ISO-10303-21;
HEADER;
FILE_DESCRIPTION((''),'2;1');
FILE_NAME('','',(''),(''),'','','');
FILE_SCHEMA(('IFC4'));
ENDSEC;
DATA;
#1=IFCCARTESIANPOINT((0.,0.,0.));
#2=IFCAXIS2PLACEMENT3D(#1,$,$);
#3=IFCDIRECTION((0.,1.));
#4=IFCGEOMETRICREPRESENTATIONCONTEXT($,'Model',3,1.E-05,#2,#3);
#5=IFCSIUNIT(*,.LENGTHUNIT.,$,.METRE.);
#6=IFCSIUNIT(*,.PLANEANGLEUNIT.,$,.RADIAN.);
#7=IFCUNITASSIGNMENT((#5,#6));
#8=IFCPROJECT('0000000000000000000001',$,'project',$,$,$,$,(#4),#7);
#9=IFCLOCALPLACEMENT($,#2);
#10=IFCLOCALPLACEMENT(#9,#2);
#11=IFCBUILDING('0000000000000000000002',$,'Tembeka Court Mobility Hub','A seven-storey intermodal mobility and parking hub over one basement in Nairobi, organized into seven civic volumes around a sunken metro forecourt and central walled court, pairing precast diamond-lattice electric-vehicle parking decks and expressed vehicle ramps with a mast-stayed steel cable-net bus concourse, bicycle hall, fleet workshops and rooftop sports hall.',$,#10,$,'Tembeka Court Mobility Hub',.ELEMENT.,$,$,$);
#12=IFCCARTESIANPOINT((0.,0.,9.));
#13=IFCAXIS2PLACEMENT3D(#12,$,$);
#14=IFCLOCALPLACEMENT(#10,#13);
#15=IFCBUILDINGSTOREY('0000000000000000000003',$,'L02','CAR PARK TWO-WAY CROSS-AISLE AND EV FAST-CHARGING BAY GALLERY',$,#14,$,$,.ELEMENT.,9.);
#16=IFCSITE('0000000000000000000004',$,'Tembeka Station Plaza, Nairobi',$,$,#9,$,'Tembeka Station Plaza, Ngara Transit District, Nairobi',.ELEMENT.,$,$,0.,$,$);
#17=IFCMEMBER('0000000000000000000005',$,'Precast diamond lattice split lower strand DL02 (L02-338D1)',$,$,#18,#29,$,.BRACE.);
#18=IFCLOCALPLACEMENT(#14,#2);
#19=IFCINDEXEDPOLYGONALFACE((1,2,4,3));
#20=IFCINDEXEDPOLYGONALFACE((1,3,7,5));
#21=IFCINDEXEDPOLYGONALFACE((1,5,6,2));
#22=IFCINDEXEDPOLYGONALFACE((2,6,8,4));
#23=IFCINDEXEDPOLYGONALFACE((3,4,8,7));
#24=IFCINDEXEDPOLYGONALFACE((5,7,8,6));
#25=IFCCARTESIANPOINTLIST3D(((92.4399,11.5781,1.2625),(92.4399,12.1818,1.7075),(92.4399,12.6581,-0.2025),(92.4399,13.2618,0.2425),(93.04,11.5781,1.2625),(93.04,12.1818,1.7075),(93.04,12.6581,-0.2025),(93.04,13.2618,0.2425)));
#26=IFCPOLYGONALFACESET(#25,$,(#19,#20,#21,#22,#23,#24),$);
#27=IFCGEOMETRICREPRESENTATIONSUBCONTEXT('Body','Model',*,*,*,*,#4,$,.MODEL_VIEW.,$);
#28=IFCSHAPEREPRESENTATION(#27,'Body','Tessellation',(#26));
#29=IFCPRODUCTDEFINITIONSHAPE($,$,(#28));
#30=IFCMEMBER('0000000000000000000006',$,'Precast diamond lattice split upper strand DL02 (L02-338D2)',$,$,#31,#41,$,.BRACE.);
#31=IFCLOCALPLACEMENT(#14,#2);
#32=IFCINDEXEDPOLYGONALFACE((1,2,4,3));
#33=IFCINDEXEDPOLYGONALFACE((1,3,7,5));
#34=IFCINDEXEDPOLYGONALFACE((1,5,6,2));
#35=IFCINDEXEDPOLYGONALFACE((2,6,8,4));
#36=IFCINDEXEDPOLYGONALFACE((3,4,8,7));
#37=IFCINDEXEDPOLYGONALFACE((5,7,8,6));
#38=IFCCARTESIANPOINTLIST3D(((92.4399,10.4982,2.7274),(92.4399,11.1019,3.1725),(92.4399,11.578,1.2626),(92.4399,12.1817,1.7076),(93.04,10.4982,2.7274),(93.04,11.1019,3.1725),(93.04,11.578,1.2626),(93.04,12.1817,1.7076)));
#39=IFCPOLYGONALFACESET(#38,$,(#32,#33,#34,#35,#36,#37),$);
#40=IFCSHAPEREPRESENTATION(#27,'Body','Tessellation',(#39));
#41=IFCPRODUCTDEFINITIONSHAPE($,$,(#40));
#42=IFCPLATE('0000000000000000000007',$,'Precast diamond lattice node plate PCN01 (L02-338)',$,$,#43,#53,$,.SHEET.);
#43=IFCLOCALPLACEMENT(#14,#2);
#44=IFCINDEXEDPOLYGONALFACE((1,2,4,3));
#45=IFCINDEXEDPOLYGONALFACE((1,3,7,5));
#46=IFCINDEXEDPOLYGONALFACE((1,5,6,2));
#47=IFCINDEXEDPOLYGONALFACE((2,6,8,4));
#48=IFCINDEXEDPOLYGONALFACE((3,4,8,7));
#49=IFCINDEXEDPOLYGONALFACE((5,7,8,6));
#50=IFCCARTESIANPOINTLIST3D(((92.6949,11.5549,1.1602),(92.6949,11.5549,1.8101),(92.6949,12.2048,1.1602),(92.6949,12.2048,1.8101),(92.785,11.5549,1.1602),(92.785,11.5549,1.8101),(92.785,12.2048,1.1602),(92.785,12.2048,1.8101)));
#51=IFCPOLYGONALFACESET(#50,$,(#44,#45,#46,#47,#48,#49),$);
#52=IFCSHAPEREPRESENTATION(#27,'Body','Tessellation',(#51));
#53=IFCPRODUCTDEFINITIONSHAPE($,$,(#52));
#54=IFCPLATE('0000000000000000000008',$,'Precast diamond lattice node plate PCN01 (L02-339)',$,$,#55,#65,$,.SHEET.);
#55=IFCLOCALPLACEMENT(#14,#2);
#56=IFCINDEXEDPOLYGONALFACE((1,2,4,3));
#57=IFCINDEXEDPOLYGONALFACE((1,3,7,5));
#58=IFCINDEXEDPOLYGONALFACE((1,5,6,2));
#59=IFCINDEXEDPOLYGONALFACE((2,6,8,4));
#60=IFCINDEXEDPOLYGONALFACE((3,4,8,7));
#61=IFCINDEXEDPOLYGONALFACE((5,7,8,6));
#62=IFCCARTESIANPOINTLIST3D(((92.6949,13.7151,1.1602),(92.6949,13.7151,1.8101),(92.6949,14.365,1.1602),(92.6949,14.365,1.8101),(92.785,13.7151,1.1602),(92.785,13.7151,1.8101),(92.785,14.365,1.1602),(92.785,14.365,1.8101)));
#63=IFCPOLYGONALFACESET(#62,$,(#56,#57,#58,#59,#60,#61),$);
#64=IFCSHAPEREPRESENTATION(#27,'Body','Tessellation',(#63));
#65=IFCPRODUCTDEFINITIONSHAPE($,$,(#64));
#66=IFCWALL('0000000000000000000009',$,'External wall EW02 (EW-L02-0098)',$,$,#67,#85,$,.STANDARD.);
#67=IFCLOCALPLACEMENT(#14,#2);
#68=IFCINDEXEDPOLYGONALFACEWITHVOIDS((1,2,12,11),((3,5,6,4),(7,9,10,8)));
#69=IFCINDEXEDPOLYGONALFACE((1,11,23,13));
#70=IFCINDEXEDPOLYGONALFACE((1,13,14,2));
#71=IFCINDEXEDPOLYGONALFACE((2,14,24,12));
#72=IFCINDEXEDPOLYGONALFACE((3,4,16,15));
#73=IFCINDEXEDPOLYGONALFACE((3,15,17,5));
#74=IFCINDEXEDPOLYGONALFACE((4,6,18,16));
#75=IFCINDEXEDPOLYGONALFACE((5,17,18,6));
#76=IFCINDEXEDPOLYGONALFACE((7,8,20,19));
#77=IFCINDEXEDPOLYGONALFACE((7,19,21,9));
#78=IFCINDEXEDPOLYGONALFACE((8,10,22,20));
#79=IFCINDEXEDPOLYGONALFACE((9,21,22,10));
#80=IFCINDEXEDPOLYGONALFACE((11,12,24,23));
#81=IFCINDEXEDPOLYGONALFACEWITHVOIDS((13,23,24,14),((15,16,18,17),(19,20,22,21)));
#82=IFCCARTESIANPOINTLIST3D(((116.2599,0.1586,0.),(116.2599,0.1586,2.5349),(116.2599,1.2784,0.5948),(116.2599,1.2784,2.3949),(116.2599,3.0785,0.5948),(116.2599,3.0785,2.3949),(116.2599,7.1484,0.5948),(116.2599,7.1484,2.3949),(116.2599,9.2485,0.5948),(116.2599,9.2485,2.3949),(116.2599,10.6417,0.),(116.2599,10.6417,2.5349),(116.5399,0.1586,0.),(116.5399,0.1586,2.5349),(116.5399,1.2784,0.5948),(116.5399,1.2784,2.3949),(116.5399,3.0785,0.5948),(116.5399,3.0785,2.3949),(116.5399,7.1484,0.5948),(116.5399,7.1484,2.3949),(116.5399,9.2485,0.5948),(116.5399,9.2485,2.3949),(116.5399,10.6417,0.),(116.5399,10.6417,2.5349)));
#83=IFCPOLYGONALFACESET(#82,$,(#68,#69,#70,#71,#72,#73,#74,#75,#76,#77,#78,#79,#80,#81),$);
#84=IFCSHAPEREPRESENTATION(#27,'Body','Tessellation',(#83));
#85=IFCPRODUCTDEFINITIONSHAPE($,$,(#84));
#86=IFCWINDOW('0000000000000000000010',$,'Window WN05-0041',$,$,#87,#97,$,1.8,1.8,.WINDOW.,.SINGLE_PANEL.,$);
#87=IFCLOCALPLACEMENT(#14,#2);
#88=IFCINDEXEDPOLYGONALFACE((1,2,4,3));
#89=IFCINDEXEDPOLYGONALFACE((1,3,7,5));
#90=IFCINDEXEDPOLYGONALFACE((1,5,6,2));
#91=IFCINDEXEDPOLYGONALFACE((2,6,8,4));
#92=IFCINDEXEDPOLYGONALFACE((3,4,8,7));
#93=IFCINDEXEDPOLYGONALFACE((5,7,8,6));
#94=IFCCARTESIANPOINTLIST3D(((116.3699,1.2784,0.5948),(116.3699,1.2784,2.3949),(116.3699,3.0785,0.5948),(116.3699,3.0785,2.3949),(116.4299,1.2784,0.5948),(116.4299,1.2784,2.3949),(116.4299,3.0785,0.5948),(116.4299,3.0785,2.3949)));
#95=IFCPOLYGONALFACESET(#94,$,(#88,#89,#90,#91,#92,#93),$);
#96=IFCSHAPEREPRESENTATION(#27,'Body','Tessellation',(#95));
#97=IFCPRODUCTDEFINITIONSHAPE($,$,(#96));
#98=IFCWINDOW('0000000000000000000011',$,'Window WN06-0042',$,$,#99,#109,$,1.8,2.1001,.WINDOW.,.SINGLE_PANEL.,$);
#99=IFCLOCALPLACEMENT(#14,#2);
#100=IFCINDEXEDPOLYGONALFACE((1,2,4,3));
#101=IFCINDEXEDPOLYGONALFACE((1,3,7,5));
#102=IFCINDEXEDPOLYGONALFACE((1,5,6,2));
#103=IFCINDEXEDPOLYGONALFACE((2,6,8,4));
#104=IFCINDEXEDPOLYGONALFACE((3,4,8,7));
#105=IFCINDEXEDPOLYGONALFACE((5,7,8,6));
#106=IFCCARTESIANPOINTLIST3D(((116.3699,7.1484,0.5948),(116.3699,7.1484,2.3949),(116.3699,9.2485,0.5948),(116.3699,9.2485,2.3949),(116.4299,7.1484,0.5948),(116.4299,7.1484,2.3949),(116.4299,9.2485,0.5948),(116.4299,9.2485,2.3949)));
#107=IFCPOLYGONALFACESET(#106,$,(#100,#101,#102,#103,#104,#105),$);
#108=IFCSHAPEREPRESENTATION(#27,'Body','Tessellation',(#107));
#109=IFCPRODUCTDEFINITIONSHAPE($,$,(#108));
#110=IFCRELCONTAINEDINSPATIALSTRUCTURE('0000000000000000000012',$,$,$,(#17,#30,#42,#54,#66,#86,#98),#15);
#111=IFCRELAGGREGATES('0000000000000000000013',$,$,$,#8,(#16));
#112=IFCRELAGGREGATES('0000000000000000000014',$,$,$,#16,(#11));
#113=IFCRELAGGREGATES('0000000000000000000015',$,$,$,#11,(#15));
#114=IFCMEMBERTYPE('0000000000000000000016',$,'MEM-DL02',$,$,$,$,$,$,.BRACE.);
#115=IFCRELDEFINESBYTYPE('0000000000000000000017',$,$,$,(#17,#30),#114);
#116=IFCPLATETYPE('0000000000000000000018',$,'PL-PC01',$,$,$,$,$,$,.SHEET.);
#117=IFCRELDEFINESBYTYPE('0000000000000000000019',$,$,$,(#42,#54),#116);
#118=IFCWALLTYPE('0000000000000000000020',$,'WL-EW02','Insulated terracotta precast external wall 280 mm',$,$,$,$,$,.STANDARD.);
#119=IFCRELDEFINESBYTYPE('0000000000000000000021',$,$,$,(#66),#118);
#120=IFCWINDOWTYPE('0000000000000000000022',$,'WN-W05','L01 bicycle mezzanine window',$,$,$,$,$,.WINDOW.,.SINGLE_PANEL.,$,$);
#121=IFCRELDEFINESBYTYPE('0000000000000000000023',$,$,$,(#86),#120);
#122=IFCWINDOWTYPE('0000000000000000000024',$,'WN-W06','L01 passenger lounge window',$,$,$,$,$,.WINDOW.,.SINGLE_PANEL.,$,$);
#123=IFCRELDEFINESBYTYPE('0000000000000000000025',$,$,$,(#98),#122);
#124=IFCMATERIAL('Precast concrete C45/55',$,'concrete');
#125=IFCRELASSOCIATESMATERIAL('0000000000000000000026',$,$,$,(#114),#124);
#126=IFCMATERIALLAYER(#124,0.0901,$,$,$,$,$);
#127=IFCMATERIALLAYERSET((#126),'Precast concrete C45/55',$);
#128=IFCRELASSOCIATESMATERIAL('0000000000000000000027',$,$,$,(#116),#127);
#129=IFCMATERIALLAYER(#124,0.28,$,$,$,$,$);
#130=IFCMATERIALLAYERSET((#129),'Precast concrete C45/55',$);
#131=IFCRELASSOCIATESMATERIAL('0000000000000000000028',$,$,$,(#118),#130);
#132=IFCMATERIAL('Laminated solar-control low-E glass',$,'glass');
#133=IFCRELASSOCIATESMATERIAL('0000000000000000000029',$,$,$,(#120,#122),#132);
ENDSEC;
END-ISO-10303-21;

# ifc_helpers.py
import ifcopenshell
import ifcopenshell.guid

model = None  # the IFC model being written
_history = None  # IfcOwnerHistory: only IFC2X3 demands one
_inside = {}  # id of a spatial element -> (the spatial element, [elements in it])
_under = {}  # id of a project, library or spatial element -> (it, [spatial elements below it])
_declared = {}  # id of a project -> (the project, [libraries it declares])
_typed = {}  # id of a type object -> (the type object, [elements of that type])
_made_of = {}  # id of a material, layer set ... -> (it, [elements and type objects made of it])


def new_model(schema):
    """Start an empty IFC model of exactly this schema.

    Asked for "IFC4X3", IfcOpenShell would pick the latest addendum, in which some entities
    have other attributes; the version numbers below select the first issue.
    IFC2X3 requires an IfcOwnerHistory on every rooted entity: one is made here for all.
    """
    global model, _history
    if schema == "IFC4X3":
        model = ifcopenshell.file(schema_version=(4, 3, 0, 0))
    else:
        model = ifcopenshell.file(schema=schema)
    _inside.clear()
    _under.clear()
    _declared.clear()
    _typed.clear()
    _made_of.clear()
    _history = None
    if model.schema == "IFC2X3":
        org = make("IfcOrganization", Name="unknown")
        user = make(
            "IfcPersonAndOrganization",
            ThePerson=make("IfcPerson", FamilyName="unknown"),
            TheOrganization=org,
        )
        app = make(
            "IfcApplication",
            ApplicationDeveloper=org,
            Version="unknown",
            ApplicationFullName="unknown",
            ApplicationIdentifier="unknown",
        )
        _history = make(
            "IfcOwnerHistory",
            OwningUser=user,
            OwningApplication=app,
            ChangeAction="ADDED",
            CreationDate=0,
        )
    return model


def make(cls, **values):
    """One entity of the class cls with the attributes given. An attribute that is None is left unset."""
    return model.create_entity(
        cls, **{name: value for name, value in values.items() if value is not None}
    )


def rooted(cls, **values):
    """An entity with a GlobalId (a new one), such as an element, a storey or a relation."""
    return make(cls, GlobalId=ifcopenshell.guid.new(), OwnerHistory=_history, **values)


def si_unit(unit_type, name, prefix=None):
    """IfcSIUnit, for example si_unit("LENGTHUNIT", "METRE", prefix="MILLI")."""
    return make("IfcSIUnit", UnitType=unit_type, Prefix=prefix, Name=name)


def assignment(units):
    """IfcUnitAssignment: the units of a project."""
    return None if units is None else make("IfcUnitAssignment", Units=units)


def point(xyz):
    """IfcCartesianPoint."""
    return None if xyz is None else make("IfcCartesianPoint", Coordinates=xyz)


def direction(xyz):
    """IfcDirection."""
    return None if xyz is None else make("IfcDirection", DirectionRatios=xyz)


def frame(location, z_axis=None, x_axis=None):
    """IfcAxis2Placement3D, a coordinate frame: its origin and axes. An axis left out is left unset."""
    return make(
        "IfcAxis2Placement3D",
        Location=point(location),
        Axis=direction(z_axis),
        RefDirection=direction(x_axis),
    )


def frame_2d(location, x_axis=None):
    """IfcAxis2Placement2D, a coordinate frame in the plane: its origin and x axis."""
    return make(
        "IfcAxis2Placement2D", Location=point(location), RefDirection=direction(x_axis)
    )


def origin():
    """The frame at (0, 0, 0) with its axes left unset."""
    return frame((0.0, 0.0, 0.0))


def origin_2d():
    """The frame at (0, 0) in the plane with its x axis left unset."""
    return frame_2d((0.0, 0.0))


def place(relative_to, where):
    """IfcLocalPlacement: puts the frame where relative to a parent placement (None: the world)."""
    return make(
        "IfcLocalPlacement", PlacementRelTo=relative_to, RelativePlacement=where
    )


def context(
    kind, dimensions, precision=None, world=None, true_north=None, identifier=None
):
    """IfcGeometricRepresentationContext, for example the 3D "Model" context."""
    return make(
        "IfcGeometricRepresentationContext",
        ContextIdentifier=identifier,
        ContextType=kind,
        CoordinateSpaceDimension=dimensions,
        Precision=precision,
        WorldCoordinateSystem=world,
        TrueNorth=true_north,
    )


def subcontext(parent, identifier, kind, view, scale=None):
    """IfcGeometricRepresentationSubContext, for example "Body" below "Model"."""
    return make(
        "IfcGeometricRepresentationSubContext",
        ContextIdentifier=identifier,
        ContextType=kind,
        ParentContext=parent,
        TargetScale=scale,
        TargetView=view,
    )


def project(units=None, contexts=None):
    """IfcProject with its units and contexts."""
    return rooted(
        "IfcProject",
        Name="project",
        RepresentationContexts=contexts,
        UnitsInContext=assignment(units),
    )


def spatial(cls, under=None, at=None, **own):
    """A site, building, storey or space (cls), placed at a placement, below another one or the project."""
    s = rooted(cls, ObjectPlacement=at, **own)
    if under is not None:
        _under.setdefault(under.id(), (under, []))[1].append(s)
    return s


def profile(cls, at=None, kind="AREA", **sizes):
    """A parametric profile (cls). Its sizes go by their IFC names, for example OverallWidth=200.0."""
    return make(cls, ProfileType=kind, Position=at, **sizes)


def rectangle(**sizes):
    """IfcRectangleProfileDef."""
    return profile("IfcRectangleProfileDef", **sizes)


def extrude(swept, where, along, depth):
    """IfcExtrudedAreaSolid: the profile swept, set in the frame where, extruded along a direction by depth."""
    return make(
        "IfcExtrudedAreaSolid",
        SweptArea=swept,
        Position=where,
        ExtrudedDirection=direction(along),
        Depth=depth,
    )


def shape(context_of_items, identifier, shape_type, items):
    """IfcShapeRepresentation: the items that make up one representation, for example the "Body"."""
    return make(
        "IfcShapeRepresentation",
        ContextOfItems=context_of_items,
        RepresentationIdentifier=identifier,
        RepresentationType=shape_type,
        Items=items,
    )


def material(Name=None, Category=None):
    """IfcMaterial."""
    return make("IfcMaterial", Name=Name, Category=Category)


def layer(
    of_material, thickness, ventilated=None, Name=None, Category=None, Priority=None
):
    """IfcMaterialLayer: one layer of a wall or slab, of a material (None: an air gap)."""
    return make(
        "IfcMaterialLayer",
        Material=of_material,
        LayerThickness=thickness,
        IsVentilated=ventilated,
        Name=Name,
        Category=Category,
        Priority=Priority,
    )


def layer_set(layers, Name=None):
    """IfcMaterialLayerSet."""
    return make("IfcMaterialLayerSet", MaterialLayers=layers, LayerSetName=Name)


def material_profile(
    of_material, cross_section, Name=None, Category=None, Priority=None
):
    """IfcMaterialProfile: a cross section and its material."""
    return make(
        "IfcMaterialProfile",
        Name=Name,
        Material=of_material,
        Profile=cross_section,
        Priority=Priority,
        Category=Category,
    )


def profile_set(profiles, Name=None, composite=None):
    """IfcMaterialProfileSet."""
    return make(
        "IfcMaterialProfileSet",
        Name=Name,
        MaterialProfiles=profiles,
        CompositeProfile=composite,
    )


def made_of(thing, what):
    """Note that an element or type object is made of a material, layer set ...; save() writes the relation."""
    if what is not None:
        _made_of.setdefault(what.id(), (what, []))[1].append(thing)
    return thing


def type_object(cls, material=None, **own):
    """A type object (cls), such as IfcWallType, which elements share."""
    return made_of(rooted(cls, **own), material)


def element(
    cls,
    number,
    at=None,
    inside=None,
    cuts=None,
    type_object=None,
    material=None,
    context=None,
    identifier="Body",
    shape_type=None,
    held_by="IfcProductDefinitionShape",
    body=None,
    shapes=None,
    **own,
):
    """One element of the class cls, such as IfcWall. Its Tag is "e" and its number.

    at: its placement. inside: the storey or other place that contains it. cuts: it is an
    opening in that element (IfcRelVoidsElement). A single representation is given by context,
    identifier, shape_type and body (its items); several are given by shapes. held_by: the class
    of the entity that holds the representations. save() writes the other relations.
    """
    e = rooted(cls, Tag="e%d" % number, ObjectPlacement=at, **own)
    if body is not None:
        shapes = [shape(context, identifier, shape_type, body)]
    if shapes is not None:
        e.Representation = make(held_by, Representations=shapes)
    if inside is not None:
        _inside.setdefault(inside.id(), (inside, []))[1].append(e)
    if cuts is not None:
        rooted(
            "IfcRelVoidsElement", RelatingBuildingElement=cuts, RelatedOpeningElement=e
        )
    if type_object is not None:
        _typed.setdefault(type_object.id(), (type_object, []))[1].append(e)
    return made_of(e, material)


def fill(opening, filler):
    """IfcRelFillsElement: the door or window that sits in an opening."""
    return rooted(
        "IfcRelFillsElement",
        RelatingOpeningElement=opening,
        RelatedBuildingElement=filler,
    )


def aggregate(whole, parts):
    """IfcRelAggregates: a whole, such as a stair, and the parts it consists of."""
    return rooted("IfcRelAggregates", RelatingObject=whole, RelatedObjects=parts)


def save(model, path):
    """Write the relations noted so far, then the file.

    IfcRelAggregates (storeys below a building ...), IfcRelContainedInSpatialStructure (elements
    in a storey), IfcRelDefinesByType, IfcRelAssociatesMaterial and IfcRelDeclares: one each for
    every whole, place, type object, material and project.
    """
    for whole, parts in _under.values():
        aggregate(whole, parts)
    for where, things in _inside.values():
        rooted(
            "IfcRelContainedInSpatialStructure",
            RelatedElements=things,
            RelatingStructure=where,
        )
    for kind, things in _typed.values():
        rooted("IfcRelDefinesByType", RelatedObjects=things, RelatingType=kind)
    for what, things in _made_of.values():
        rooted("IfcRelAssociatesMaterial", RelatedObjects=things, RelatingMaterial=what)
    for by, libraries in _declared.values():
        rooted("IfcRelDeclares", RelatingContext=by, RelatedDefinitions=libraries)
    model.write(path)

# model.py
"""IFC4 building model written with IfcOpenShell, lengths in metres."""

from ifc_helpers import new_model, si_unit, direction, frame, frame_2d, origin, origin_2d, place, context, subcontext, project, spatial, rectangle, extrude, material, layer, layer_set, material_profile, profile_set, type_object, element, fill, save


model = new_model("IFC4")

# Units and contexts
model_context = context("Model", 3, precision=1e-05, world=origin(), true_north=direction((0.0, 1.0)))
body_context = subcontext(model_context, "Body", "Model", "MODEL_VIEW")
ifc_project = project(units=[si_unit("LENGTHUNIT", "METRE"), si_unit("PLANEANGLEUNIT", "RADIAN")], contexts=[model_context])

# Site, building, storey
site_placement = place(None, origin())
site = spatial("IfcSite", under=ifc_project, at=site_placement, Name="Tembeka Station Plaza, Nairobi", LongName="Tembeka Station Plaza, Ngara Transit District, Nairobi", CompositionType="ELEMENT", RefElevation=0.0)
building_placement = place(site_placement, origin())
building = spatial("IfcBuilding", under=site, at=building_placement, Name="Tembeka Court Mobility Hub", Description="A seven-storey intermodal mobility and parking hub over one basement in Nairobi, organized into seven civic volumes around a sunken metro forecourt and central walled court, pairing precast diamond-lattice electric-vehicle parking decks and expressed vehicle ramps with a mast-stayed steel cable-net bus concourse, bicycle hall, fleet workshops and rooftop sports hall.", LongName="Tembeka Court Mobility Hub", CompositionType="ELEMENT")
storey_placement = place(building_placement, frame((0.0, 0.0, 9.0)))
storey = spatial("IfcBuildingStorey", under=building, at=storey_placement, Name="L02", Description="CAR PARK TWO-WAY CROSS-AISLE AND EV FAST-CHARGING BAY GALLERY", CompositionType="ELEMENT", Elevation=9.0)

# Members
ifc_material_1 = material(Name="Precast concrete C45/55", Category="concrete")
ifc_material_profile_1 = material_profile(ifc_material_1, rectangle(XDim=0.6001, YDim=0.75, at=origin_2d()), Name="PC-DIAG 600x750")
ifc_profile_set_1 = profile_set([ifc_material_profile_1], Name="Precast concrete C45/55")
member_type_1 = type_object("IfcMemberType", Name="MEM-DL02", PredefinedType="BRACE", material=ifc_profile_set_1)
member_1_placement = place(storey_placement, frame((92.74, 12.96, 0.02), z_axis=(0.0, -0.593391, 0.804914), x_axis=(1.0, 0.0, 0.0)))
element("IfcMember", 1, at=member_1_placement, inside=storey, type_object=member_type_1, Name="Precast diamond lattice split lower strand DL02 (L02-338D1)", PredefinedType="BRACE", context=body_context, shape_type="SweptSolid", body=[
    extrude(rectangle(XDim=0.6001, YDim=0.75, at=origin_2d()), origin(), (0.0, 0.0, 1.0), 1.8201),
])
member_2_placement = place(storey_placement, frame((92.74, 11.8799, 1.4851), z_axis=(0.0, -0.593368, 0.804931), x_axis=(1.0, 0.0, 0.0)))
element("IfcMember", 2, at=member_2_placement, inside=storey, type_object=member_type_1, Name="Precast diamond lattice split upper strand DL02 (L02-338D2)", PredefinedType="BRACE", context=body_context, shape_type="SweptSolid", body=[
    extrude(rectangle(XDim=0.6001, YDim=0.75, at=origin_2d()), origin(), (0.0, 0.0, 1.0), 1.8198),
])

# Plates
ifc_layer_1 = layer(ifc_material_1, 0.0901)
ifc_layer_set_1 = layer_set([ifc_layer_1], Name="Precast concrete C45/55")
plate_type = type_object("IfcPlateType", Name="PL-PC01", PredefinedType="SHEET", material=ifc_layer_set_1)
for number, where, z_axis, x_axis, name in (
    (3, (92.74, 11.8799, 1.1602), (0.0, 0.0, 1.0), (1.0, 0.0, 0.0), "Precast diamond lattice node plate PCN01 (L02-338)"),
    (4, (92.74, 14.04, 1.1602), (0.0, 0.0, 1.0), (1.0, 0.0, 0.0), "Precast diamond lattice node plate PCN01 (L02-339)"),
):
    element("IfcPlate", number, at=place(storey_placement, frame(where, z_axis=z_axis, x_axis=x_axis)), inside=storey, type_object=plate_type, Name=name, PredefinedType="SHEET", context=body_context, shape_type="SweptSolid", body=[
        extrude(rectangle(XDim=0.0901, YDim=0.6499, at=origin_2d()), origin(), (0.0, 0.0, 1.0), 0.6499),
    ])

# Wall, openings, windows
ifc_layer_2 = layer(ifc_material_1, 0.28)
ifc_layer_set_2 = layer_set([ifc_layer_2], Name="Precast concrete C45/55")
wall_type = type_object("IfcWallType", Name="WL-EW02", Description="Insulated terracotta precast external wall 280 mm", PredefinedType="STANDARD", material=ifc_layer_set_2)
wall_placement = place(storey_placement, frame((116.3999, 0.1584, 0.0), z_axis=(0.0, 0.0, 1.0), x_axis=(0.0, 1.0, 0.0)))
wall = element("IfcWall", 5, at=wall_placement, inside=storey, type_object=wall_type, Name="External wall EW02 (EW-L02-0098)", PredefinedType="STANDARD", context=body_context, shape_type="SweptSolid", body=[
    extrude(rectangle(XDim=10.4832, YDim=0.28, at=frame_2d((5.2417, 0.0))), origin(), (0.0, 0.0, 1.0), 2.5349),
])
opening_1_placement = place(wall_placement, frame((1.1201, 0.0, 0.595)))
opening_1 = element("IfcOpeningElement", 6, at=opening_1_placement, cuts=wall, PredefinedType="OPENING", context=body_context, shape_type="SweptSolid", body=[
    extrude(rectangle(XDim=1.8, YDim=1.8, at=frame_2d((0.8999, 0.8999))), frame((0.0, 0.1499, 0.0), z_axis=(0.0, -1.0, 0.0), x_axis=(1.0, 0.0, 0.0)), (0.0, 0.0, 1.0), 0.3),
])
opening_2_placement = place(wall_placement, frame((6.99, 0.0, 0.595)))
opening_2 = element("IfcOpeningElement", 7, at=opening_2_placement, cuts=wall, PredefinedType="OPENING", context=body_context, shape_type="SweptSolid", body=[
    extrude(rectangle(XDim=2.1001, YDim=1.8, at=frame_2d((1.05, 0.8999))), frame((0.0, 0.1499, 0.0), z_axis=(0.0, -1.0, 0.0), x_axis=(1.0, 0.0, 0.0)), (0.0, 0.0, 1.0), 0.3),
])
ifc_material_2 = material(Name="Laminated solar-control low-E glass", Category="glass")
window_type_1 = type_object("IfcWindowType", Name="WN-W05", Description="L01 bicycle mezzanine window", PartitioningType="SINGLE_PANEL", PredefinedType="WINDOW", material=ifc_material_2)
window_1_placement = place(opening_1_placement, origin())
window_1 = element("IfcWindow", 8, at=window_1_placement, inside=storey, type_object=window_type_1, Name="Window WN05-0041", OverallHeight=1.8, OverallWidth=1.8, PartitioningType="SINGLE_PANEL", PredefinedType="WINDOW", context=body_context, shape_type="SweptSolid", body=[
    extrude(rectangle(XDim=1.8, YDim=1.8, at=frame_2d((0.8999, 0.8999))), frame((0.0, 0.03, 0.0), z_axis=(0.0, -1.0, 0.0), x_axis=(1.0, 0.0, 0.0)), (0.0, 0.0, 1.0), 0.0601),
])
fill(opening_1, window_1)
window_type_2 = type_object("IfcWindowType", Name="WN-W06", Description="L01 passenger lounge window", PartitioningType="SINGLE_PANEL", PredefinedType="WINDOW", material=ifc_material_2)
window_2_placement = place(opening_2_placement, origin())
window_2 = element("IfcWindow", 9, at=window_2_placement, inside=storey, type_object=window_type_2, Name="Window WN06-0042", OverallHeight=1.8, OverallWidth=2.1001, PartitioningType="SINGLE_PANEL", PredefinedType="WINDOW", context=body_context, shape_type="SweptSolid", body=[
    extrude(rectangle(XDim=2.1001, YDim=1.8, at=frame_2d((1.05, 0.8999))), frame((0.0, 0.03, 0.0), z_axis=(0.0, -1.0, 0.0), x_axis=(1.0, 0.0, 0.0)), (0.0, 0.0, 1.0), 0.0601),
])
fill(opening_2, window_2)

save(model, "model.ifc")
